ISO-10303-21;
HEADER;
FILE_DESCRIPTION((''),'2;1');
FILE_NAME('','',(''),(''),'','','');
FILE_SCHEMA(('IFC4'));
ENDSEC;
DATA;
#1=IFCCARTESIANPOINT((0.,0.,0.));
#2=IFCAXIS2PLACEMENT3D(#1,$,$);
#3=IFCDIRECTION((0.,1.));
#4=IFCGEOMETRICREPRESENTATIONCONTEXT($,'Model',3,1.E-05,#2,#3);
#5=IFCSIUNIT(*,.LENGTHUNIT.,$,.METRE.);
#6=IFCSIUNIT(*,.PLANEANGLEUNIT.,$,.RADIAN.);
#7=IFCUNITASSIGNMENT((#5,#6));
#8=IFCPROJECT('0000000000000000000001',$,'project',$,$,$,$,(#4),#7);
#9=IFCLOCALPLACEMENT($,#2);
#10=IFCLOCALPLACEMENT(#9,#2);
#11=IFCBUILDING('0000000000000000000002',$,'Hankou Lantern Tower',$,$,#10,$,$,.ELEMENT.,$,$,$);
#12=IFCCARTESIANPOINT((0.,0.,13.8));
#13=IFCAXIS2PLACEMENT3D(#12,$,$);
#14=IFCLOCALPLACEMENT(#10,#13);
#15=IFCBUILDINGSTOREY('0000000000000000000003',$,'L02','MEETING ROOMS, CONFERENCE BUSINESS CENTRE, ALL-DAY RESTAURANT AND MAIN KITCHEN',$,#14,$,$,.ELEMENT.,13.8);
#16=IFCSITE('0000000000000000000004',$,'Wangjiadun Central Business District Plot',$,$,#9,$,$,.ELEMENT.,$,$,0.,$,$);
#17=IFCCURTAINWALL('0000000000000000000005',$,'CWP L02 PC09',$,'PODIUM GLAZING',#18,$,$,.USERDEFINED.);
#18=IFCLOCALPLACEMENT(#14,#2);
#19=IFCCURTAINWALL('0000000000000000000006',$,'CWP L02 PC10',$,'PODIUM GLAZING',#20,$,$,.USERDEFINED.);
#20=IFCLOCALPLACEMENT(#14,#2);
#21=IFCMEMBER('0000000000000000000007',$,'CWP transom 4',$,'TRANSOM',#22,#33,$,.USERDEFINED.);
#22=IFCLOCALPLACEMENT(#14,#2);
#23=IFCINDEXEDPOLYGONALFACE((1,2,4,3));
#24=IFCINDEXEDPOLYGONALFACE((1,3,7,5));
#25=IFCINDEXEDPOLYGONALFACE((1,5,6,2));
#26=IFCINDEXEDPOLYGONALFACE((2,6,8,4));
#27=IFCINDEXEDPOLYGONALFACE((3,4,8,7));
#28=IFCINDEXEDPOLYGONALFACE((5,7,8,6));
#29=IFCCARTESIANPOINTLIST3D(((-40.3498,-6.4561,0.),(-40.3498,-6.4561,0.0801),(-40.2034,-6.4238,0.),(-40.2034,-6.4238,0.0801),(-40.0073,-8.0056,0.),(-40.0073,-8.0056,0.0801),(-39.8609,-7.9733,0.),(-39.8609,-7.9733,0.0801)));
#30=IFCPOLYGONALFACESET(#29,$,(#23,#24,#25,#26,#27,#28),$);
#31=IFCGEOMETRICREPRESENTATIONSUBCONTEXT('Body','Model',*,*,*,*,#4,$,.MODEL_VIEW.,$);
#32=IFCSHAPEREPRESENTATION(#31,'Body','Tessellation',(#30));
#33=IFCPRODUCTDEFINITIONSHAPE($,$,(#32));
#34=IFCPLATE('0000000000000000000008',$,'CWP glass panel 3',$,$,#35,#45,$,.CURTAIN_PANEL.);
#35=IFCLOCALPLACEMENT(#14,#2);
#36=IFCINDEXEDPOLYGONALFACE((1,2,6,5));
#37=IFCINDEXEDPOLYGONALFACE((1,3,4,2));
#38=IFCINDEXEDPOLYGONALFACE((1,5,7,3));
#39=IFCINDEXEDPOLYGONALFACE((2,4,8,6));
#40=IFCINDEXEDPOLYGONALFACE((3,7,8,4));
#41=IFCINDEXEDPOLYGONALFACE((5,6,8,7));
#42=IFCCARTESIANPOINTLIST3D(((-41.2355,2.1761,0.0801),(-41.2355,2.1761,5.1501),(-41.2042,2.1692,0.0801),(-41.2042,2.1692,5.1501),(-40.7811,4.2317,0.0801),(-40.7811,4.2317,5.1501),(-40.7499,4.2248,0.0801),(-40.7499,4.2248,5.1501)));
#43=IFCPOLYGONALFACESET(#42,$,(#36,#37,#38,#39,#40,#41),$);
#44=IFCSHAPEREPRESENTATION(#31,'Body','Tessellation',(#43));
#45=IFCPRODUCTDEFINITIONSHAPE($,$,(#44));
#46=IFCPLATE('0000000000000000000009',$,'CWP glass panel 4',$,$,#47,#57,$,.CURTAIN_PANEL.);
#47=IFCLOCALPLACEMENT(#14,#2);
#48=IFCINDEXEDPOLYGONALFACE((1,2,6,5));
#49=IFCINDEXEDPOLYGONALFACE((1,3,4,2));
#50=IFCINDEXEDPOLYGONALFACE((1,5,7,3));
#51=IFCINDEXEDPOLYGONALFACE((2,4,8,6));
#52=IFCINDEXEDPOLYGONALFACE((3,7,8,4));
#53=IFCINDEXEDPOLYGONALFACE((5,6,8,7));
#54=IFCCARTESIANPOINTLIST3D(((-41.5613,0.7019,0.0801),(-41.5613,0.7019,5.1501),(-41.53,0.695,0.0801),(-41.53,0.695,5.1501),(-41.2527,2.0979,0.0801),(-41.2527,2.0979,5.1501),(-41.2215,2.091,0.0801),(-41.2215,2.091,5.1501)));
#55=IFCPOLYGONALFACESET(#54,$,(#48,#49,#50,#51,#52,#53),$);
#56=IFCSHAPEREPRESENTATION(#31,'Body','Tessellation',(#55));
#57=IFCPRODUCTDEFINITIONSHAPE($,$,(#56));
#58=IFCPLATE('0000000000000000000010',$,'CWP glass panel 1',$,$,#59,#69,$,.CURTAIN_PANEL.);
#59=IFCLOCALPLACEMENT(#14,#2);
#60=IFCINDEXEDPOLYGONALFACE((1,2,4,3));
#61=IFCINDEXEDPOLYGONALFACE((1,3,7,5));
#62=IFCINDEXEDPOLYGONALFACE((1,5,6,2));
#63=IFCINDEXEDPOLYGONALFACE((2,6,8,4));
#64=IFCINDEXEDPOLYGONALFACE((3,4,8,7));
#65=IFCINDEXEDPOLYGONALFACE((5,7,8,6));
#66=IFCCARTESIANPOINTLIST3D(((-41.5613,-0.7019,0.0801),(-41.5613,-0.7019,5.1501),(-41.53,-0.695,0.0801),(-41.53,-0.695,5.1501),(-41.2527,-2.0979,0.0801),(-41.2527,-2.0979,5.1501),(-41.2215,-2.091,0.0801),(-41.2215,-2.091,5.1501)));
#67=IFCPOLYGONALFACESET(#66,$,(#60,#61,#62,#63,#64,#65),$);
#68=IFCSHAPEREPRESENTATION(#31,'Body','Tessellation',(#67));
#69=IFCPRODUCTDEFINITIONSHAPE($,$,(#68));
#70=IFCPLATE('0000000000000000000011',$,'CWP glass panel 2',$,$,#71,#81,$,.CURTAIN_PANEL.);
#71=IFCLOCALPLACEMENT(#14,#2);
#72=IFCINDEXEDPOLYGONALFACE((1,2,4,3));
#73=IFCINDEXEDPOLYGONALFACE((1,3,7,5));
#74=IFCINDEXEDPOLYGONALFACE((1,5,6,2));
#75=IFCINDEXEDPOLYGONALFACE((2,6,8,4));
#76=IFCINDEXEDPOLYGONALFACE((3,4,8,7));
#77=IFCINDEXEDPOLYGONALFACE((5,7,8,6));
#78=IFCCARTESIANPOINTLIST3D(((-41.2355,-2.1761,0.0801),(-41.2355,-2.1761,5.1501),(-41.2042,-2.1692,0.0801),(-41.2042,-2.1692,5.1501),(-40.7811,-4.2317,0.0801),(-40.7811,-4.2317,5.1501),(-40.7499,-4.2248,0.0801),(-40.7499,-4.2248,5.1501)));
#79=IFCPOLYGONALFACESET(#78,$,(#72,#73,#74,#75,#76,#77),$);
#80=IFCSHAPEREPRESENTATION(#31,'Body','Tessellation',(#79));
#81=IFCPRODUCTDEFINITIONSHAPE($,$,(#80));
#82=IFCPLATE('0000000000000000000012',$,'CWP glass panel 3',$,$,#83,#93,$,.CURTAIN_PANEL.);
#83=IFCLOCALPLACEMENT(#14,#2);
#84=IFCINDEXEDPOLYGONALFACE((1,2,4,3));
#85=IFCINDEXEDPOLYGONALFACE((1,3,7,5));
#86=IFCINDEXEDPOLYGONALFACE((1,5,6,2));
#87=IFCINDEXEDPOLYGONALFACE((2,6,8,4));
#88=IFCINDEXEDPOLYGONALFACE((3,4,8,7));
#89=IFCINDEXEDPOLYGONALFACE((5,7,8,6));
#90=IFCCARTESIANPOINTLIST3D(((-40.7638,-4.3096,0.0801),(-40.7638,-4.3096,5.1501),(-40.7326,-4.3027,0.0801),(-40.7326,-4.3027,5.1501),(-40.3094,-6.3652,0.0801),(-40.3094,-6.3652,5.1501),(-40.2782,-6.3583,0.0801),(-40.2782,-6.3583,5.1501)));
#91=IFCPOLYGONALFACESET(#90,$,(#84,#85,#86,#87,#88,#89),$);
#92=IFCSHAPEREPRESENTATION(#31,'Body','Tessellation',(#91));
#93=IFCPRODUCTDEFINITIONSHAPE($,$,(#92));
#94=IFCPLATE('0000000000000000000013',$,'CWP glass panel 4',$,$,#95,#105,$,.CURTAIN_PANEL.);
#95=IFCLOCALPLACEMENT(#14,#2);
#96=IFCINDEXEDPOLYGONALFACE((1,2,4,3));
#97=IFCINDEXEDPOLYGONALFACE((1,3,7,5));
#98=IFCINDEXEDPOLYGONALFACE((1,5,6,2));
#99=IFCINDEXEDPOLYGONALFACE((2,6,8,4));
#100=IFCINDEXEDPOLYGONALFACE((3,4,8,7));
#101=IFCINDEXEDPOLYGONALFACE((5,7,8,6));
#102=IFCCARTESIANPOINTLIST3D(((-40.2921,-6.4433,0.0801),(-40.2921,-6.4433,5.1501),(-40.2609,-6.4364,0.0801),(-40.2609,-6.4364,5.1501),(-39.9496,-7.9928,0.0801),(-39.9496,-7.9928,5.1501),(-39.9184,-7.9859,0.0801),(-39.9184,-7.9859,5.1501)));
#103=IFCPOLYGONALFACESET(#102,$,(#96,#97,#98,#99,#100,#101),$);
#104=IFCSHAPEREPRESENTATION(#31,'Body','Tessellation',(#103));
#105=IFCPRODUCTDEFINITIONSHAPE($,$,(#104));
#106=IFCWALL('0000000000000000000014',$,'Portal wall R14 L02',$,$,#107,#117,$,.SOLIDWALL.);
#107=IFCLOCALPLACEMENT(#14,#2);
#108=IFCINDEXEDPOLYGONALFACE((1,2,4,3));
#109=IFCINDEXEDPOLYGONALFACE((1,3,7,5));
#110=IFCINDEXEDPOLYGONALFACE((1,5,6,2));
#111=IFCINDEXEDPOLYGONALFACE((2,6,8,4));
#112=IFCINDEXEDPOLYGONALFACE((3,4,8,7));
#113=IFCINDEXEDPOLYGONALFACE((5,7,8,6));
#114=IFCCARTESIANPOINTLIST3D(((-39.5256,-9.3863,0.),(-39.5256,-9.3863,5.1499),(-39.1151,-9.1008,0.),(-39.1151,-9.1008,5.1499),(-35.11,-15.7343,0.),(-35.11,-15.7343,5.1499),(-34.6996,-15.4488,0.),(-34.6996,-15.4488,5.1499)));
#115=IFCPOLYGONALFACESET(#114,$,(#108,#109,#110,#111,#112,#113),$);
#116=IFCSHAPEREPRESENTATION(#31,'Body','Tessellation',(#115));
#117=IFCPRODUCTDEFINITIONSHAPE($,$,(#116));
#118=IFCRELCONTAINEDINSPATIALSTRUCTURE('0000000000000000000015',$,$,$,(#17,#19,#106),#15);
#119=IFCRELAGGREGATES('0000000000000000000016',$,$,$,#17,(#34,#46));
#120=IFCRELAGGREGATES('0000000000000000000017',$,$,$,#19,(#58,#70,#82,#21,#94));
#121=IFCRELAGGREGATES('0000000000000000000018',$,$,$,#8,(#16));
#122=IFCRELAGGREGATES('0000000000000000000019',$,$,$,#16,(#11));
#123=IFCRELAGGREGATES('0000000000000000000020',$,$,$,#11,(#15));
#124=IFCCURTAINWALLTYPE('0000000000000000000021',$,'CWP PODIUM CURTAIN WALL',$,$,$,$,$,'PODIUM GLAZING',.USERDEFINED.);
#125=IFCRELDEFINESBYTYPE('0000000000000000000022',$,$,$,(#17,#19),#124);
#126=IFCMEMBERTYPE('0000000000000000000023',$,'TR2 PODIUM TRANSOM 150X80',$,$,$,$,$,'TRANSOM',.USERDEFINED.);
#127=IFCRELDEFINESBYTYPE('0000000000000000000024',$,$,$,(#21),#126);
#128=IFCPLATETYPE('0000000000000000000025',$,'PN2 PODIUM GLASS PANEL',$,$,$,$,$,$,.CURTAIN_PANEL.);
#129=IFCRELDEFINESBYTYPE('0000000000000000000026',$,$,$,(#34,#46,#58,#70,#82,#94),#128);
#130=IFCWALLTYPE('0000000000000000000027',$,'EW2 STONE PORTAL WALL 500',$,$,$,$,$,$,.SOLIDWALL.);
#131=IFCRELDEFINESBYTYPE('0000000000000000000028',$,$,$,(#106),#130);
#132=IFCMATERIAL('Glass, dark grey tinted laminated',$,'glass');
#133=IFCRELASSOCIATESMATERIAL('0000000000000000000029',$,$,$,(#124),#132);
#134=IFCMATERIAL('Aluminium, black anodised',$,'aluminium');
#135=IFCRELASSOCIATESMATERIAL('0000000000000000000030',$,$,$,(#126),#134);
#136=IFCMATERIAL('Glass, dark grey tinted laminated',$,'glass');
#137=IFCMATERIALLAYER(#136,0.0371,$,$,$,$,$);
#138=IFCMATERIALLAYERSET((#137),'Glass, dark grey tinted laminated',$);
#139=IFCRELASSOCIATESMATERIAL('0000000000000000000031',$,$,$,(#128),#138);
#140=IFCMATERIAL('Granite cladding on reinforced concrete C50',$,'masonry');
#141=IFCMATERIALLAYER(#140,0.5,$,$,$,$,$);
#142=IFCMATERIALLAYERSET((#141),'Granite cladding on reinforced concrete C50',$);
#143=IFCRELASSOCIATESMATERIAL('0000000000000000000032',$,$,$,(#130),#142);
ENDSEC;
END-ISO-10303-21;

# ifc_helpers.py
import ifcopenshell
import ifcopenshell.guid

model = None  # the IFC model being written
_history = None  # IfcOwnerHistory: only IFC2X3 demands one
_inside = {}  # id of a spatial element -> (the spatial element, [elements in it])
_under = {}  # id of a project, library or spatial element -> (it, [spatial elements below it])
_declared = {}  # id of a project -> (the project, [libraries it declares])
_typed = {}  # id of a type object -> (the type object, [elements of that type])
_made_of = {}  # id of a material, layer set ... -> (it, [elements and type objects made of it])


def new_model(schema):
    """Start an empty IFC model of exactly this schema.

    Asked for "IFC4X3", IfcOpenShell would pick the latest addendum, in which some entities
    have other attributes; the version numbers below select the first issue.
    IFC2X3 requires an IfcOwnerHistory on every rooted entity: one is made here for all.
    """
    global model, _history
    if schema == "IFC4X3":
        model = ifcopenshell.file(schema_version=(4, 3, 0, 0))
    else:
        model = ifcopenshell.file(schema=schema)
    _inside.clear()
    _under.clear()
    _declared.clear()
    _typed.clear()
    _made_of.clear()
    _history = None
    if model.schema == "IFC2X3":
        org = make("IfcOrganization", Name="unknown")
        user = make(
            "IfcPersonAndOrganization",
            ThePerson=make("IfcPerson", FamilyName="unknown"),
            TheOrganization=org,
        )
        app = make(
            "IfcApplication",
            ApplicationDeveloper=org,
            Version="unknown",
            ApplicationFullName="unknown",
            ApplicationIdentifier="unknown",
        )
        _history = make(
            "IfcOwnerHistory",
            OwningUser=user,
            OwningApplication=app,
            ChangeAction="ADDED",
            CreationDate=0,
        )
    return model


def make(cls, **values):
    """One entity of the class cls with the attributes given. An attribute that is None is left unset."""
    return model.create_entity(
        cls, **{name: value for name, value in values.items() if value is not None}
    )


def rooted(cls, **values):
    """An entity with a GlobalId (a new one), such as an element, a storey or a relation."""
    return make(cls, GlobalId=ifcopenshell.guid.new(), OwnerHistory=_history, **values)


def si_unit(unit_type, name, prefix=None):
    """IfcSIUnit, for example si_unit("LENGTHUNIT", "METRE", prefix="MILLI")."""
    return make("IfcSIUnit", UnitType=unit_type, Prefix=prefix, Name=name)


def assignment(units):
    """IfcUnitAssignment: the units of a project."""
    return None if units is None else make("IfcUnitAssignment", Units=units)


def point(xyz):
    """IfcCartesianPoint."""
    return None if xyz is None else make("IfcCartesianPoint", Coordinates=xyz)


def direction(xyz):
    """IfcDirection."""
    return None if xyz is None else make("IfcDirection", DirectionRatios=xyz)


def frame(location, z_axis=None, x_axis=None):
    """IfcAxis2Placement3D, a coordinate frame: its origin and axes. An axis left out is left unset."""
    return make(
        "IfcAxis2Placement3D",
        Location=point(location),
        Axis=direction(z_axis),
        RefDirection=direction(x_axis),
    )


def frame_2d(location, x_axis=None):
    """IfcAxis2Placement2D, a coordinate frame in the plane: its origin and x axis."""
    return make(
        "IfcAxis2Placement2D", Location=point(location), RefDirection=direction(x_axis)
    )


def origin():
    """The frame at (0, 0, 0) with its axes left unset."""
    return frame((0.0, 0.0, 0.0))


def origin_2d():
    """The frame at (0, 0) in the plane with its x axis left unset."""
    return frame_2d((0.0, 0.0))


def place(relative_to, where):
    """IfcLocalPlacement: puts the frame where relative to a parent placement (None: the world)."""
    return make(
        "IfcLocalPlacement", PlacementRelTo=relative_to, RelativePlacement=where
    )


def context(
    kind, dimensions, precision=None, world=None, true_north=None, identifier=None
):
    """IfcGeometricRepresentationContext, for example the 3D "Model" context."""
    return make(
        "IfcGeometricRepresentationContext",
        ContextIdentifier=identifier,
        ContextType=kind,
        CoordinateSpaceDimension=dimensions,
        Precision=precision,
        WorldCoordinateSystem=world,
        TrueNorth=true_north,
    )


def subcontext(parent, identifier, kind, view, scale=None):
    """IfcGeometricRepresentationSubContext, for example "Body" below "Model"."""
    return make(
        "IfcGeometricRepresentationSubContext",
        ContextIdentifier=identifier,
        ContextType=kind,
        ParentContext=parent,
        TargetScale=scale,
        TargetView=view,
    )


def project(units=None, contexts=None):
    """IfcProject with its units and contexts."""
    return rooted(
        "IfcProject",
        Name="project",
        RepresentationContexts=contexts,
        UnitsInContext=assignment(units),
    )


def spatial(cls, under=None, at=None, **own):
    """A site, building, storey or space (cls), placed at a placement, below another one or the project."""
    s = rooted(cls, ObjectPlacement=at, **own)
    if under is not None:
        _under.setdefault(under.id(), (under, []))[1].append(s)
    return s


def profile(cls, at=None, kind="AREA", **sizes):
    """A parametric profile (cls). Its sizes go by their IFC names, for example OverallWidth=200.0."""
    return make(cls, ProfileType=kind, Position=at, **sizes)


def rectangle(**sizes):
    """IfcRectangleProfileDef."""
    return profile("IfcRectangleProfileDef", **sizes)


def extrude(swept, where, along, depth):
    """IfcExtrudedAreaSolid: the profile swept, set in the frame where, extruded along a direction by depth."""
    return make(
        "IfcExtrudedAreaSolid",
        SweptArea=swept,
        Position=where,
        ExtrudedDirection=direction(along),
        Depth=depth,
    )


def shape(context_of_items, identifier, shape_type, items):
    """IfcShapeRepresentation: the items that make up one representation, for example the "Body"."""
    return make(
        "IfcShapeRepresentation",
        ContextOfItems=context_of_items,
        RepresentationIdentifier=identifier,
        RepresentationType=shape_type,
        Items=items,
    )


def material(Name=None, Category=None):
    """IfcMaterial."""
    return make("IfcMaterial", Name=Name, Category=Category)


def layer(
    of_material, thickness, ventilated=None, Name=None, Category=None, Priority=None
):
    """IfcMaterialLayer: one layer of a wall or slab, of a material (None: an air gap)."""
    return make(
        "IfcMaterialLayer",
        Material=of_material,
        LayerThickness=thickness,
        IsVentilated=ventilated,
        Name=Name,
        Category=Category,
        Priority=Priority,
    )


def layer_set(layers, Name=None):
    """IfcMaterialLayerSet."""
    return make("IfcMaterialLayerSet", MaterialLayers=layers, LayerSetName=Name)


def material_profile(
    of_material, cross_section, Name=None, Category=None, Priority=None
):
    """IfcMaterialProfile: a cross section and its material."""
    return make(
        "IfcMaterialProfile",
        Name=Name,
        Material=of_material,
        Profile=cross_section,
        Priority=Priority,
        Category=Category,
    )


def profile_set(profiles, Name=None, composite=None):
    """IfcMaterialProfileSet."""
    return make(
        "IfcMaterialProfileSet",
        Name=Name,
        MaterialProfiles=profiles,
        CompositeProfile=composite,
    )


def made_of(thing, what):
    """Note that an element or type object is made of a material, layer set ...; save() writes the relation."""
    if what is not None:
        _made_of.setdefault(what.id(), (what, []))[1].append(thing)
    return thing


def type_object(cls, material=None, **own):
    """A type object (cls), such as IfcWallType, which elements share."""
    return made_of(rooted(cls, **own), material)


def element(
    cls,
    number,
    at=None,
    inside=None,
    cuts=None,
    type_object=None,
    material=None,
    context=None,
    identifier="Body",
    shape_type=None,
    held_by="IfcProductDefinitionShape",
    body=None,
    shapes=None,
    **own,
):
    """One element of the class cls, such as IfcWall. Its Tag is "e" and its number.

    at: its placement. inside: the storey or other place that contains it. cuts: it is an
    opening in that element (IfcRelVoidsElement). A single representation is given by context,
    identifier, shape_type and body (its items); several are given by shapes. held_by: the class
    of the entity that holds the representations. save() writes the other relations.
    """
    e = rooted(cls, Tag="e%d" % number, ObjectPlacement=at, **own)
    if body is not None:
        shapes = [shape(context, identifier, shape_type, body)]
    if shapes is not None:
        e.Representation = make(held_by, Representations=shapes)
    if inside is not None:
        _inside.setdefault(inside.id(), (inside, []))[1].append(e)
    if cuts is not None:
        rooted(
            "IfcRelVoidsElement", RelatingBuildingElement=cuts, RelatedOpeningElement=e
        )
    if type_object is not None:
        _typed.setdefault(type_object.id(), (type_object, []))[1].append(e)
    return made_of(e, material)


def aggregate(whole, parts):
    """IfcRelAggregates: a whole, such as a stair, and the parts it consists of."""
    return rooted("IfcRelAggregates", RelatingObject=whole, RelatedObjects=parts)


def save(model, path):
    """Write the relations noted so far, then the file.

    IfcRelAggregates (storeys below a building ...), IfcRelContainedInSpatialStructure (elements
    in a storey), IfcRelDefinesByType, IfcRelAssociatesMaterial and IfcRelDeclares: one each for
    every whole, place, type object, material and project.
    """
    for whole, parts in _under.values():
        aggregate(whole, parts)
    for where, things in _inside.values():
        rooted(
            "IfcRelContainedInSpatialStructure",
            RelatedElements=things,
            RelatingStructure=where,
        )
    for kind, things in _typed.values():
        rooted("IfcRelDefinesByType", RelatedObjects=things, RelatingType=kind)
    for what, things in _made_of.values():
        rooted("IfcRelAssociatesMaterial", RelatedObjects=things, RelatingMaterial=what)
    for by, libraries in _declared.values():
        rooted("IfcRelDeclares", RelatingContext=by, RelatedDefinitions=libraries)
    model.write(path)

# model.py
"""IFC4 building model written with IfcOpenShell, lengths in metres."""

from ifc_helpers import new_model, si_unit, direction, frame, frame_2d, origin, origin_2d, place, context, subcontext, project, spatial, rectangle, extrude, material, layer, layer_set, material_profile, profile_set, type_object, element, aggregate, save


model = new_model("IFC4")

# Units and contexts
model_context = context("Model", 3, precision=1e-05, world=origin(), true_north=direction((0.0, 1.0)))
body_context = subcontext(model_context, "Body", "Model", "MODEL_VIEW")
ifc_project = project(units=[si_unit("LENGTHUNIT", "METRE"), si_unit("PLANEANGLEUNIT", "RADIAN")], contexts=[model_context])

# Site, building, storey
site_placement = place(None, origin())
site = spatial("IfcSite", under=ifc_project, at=site_placement, Name="Wangjiadun Central Business District Plot", CompositionType="ELEMENT", RefElevation=0.0)
building_placement = place(site_placement, origin())
building = spatial("IfcBuilding", under=site, at=building_placement, Name="Hankou Lantern Tower", CompositionType="ELEMENT")
storey_placement = place(building_placement, frame((0.0, 0.0, 13.8)))
storey = spatial("IfcBuildingStorey", under=building, at=storey_placement, Name="L02", Description="MEETING ROOMS, CONFERENCE BUSINESS CENTRE, ALL-DAY RESTAURANT AND MAIN KITCHEN", CompositionType="ELEMENT", Elevation=13.8)

# Curtain walls
ifc_material_1 = material(Name="Glass, dark grey tinted laminated", Category="glass")
curtain_wall_type = type_object("IfcCurtainWallType", Name="CWP PODIUM CURTAIN WALL", ElementType="PODIUM GLAZING", PredefinedType="USERDEFINED", material=ifc_material_1)
curtain_wall_1_placement = place(storey_placement, origin())
curtain_wall_1 = element("IfcCurtainWall", 1, at=curtain_wall_1_placement, inside=storey, type_object=curtain_wall_type, Name="CWP L02 PC09", ObjectType="PODIUM GLAZING", PredefinedType="USERDEFINED")
curtain_wall_2_placement = place(storey_placement, origin())
curtain_wall_2 = element("IfcCurtainWall", 2, at=curtain_wall_2_placement, inside=storey, type_object=curtain_wall_type, Name="CWP L02 PC10", ObjectType="PODIUM GLAZING", PredefinedType="USERDEFINED")

# Member
ifc_material_2 = material(Name="Aluminium, black anodised", Category="aluminium")
ifc_material_profile_1 = material_profile(ifc_material_2, rectangle(XDim=0.1499, YDim=0.0801, at=origin_2d()), Name="TR2 150X80")
ifc_profile_set_1 = profile_set([ifc_material_profile_1], Name="Aluminium, black anodised")
member_type_1 = type_object("IfcMemberType", Name="TR2 PODIUM TRANSOM 150X80", ElementType="TRANSOM", PredefinedType="USERDEFINED", material=ifc_profile_set_1)
member_1_placement = place(storey_placement, frame((-40.2766, -6.4399, 0.04), z_axis=(0.215839, -0.976429, 0.0), x_axis=(0.976429, 0.215839, 0.0)))
member_1 = element("IfcMember", 3, at=member_1_placement, type_object=member_type_1, Name="CWP transom 4", ObjectType="TRANSOM", PredefinedType="USERDEFINED", context=body_context, shape_type="SweptSolid", body=[
    extrude(rectangle(XDim=0.1499, YDim=0.0801, at=origin_2d()), origin(), (0.0, 0.0, 1.0), 1.5869),
])

# Plates
ifc_material_3 = material(Name="Glass, dark grey tinted laminated", Category="glass")
ifc_layer_1 = layer(ifc_material_3, 0.0371)
ifc_layer_set_1 = layer_set([ifc_layer_1], Name="Glass, dark grey tinted laminated")
plate_type = type_object("IfcPlateType", Name="PN2 PODIUM GLASS PANEL", PredefinedType="CURTAIN_PANEL", material=ifc_layer_set_1)
plate_1_placement = place(storey_placement, frame((-40.9927, 3.2004, 0.0801), z_axis=(0.0, 0.0, 1.0), x_axis=(-0.215821, -0.976433, 0.0)))
plate_1 = element("IfcPlate", 4, at=plate_1_placement, type_object=plate_type, Name="CWP glass panel 3", PredefinedType="CURTAIN_PANEL", context=body_context, shape_type="SweptSolid", body=[
    extrude(rectangle(XDim=2.1052, YDim=0.032, at=origin_2d()), origin(), (0.0, 0.0, 1.0), 5.0701),
])
plate_2_placement = place(storey_placement, frame((-41.3914, 1.3965, 0.0801), z_axis=(0.0, 0.0, 1.0), x_axis=(-0.215821, -0.976433, 0.0)))
plate_2 = element("IfcPlate", 5, at=plate_2_placement, type_object=plate_type, Name="CWP glass panel 4", PredefinedType="CURTAIN_PANEL", context=body_context, shape_type="SweptSolid", body=[
    extrude(rectangle(XDim=1.4297, YDim=0.032, at=origin_2d()), origin(), (0.0, 0.0, 1.0), 5.0701),
])
aggregate(curtain_wall_1, [plate_1, plate_2])
plate_3_placement = place(storey_placement, frame((-41.3914, -1.3965, 0.0801), z_axis=(0.0, 0.0, 1.0), x_axis=(0.215821, -0.976433, 0.0)))
plate_3 = element("IfcPlate", 6, at=plate_3_placement, type_object=plate_type, Name="CWP glass panel 1", PredefinedType="CURTAIN_PANEL", context=body_context, shape_type="SweptSolid", body=[
    extrude(rectangle(XDim=1.4297, YDim=0.032, at=origin_2d()), origin(), (0.0, 0.0, 1.0), 5.0701),
])
plate_4_placement = place(storey_placement, frame((-40.9927, -3.2004, 0.0801), z_axis=(0.0, 0.0, 1.0), x_axis=(0.215821, -0.976433, 0.0)))
plate_4 = element("IfcPlate", 7, at=plate_4_placement, type_object=plate_type, Name="CWP glass panel 2", PredefinedType="CURTAIN_PANEL", context=body_context, shape_type="SweptSolid", body=[
    extrude(rectangle(XDim=2.1052, YDim=0.032, at=origin_2d()), origin(), (0.0, 0.0, 1.0), 5.0701),
])
plate_5_placement = place(storey_placement, frame((-40.521, -5.334, 0.0801), z_axis=(0.0, 0.0, 1.0), x_axis=(0.215821, -0.976433, 0.0)))
plate_5 = element("IfcPlate", 8, at=plate_5_placement, type_object=plate_type, Name="CWP glass panel 3", PredefinedType="CURTAIN_PANEL", context=body_context, shape_type="SweptSolid", body=[
    extrude(rectangle(XDim=2.1052, YDim=0.032, at=origin_2d()), origin(), (0.0, 0.0, 1.0), 5.0701),
])
plate_6_placement = place(storey_placement, frame((-40.1052, -7.2146, 0.0801), z_axis=(0.0, 0.0, 1.0), x_axis=(0.215821, -0.976433, 0.0)))
plate_6 = element("IfcPlate", 9, at=plate_6_placement, type_object=plate_type, Name="CWP glass panel 4", PredefinedType="CURTAIN_PANEL", context=body_context, shape_type="SweptSolid", body=[
    extrude(rectangle(XDim=1.5869, YDim=0.032, at=origin_2d()), origin(), (0.0, 0.0, 1.0), 5.0701),
])
aggregate(curtain_wall_2, [plate_3, plate_4, plate_5, member_1, plate_6])

# Wall
ifc_material_4 = material(Name="Granite cladding on reinforced concrete C50", Category="masonry")
ifc_layer_2 = layer(ifc_material_4, 0.5)
ifc_layer_set_2 = layer_set([ifc_layer_2], Name="Granite cladding on reinforced concrete C50")
wall_type = type_object("IfcWallType", Name="EW2 STONE PORTAL WALL 500", PredefinedType="SOLIDWALL", material=ifc_layer_set_2)
wall_placement = place(storey_placement, frame((-39.3203, -9.2437, 0.0), z_axis=(0.0, 0.0, 1.0), x_axis=(0.571029, -0.82093, 0.0)))
element("IfcWall", 10, at=wall_placement, inside=storey, type_object=wall_type, Name="Portal wall R14 L02", PredefinedType="SOLIDWALL", context=body_context, shape_type="SweptSolid", body=[
    extrude(rectangle(XDim=7.7327, YDim=0.5, at=frame_2d((3.8662, 0.0))), origin(), (0.0, 0.0, 1.0), 5.1499),
])

save(model, "model.ifc")
